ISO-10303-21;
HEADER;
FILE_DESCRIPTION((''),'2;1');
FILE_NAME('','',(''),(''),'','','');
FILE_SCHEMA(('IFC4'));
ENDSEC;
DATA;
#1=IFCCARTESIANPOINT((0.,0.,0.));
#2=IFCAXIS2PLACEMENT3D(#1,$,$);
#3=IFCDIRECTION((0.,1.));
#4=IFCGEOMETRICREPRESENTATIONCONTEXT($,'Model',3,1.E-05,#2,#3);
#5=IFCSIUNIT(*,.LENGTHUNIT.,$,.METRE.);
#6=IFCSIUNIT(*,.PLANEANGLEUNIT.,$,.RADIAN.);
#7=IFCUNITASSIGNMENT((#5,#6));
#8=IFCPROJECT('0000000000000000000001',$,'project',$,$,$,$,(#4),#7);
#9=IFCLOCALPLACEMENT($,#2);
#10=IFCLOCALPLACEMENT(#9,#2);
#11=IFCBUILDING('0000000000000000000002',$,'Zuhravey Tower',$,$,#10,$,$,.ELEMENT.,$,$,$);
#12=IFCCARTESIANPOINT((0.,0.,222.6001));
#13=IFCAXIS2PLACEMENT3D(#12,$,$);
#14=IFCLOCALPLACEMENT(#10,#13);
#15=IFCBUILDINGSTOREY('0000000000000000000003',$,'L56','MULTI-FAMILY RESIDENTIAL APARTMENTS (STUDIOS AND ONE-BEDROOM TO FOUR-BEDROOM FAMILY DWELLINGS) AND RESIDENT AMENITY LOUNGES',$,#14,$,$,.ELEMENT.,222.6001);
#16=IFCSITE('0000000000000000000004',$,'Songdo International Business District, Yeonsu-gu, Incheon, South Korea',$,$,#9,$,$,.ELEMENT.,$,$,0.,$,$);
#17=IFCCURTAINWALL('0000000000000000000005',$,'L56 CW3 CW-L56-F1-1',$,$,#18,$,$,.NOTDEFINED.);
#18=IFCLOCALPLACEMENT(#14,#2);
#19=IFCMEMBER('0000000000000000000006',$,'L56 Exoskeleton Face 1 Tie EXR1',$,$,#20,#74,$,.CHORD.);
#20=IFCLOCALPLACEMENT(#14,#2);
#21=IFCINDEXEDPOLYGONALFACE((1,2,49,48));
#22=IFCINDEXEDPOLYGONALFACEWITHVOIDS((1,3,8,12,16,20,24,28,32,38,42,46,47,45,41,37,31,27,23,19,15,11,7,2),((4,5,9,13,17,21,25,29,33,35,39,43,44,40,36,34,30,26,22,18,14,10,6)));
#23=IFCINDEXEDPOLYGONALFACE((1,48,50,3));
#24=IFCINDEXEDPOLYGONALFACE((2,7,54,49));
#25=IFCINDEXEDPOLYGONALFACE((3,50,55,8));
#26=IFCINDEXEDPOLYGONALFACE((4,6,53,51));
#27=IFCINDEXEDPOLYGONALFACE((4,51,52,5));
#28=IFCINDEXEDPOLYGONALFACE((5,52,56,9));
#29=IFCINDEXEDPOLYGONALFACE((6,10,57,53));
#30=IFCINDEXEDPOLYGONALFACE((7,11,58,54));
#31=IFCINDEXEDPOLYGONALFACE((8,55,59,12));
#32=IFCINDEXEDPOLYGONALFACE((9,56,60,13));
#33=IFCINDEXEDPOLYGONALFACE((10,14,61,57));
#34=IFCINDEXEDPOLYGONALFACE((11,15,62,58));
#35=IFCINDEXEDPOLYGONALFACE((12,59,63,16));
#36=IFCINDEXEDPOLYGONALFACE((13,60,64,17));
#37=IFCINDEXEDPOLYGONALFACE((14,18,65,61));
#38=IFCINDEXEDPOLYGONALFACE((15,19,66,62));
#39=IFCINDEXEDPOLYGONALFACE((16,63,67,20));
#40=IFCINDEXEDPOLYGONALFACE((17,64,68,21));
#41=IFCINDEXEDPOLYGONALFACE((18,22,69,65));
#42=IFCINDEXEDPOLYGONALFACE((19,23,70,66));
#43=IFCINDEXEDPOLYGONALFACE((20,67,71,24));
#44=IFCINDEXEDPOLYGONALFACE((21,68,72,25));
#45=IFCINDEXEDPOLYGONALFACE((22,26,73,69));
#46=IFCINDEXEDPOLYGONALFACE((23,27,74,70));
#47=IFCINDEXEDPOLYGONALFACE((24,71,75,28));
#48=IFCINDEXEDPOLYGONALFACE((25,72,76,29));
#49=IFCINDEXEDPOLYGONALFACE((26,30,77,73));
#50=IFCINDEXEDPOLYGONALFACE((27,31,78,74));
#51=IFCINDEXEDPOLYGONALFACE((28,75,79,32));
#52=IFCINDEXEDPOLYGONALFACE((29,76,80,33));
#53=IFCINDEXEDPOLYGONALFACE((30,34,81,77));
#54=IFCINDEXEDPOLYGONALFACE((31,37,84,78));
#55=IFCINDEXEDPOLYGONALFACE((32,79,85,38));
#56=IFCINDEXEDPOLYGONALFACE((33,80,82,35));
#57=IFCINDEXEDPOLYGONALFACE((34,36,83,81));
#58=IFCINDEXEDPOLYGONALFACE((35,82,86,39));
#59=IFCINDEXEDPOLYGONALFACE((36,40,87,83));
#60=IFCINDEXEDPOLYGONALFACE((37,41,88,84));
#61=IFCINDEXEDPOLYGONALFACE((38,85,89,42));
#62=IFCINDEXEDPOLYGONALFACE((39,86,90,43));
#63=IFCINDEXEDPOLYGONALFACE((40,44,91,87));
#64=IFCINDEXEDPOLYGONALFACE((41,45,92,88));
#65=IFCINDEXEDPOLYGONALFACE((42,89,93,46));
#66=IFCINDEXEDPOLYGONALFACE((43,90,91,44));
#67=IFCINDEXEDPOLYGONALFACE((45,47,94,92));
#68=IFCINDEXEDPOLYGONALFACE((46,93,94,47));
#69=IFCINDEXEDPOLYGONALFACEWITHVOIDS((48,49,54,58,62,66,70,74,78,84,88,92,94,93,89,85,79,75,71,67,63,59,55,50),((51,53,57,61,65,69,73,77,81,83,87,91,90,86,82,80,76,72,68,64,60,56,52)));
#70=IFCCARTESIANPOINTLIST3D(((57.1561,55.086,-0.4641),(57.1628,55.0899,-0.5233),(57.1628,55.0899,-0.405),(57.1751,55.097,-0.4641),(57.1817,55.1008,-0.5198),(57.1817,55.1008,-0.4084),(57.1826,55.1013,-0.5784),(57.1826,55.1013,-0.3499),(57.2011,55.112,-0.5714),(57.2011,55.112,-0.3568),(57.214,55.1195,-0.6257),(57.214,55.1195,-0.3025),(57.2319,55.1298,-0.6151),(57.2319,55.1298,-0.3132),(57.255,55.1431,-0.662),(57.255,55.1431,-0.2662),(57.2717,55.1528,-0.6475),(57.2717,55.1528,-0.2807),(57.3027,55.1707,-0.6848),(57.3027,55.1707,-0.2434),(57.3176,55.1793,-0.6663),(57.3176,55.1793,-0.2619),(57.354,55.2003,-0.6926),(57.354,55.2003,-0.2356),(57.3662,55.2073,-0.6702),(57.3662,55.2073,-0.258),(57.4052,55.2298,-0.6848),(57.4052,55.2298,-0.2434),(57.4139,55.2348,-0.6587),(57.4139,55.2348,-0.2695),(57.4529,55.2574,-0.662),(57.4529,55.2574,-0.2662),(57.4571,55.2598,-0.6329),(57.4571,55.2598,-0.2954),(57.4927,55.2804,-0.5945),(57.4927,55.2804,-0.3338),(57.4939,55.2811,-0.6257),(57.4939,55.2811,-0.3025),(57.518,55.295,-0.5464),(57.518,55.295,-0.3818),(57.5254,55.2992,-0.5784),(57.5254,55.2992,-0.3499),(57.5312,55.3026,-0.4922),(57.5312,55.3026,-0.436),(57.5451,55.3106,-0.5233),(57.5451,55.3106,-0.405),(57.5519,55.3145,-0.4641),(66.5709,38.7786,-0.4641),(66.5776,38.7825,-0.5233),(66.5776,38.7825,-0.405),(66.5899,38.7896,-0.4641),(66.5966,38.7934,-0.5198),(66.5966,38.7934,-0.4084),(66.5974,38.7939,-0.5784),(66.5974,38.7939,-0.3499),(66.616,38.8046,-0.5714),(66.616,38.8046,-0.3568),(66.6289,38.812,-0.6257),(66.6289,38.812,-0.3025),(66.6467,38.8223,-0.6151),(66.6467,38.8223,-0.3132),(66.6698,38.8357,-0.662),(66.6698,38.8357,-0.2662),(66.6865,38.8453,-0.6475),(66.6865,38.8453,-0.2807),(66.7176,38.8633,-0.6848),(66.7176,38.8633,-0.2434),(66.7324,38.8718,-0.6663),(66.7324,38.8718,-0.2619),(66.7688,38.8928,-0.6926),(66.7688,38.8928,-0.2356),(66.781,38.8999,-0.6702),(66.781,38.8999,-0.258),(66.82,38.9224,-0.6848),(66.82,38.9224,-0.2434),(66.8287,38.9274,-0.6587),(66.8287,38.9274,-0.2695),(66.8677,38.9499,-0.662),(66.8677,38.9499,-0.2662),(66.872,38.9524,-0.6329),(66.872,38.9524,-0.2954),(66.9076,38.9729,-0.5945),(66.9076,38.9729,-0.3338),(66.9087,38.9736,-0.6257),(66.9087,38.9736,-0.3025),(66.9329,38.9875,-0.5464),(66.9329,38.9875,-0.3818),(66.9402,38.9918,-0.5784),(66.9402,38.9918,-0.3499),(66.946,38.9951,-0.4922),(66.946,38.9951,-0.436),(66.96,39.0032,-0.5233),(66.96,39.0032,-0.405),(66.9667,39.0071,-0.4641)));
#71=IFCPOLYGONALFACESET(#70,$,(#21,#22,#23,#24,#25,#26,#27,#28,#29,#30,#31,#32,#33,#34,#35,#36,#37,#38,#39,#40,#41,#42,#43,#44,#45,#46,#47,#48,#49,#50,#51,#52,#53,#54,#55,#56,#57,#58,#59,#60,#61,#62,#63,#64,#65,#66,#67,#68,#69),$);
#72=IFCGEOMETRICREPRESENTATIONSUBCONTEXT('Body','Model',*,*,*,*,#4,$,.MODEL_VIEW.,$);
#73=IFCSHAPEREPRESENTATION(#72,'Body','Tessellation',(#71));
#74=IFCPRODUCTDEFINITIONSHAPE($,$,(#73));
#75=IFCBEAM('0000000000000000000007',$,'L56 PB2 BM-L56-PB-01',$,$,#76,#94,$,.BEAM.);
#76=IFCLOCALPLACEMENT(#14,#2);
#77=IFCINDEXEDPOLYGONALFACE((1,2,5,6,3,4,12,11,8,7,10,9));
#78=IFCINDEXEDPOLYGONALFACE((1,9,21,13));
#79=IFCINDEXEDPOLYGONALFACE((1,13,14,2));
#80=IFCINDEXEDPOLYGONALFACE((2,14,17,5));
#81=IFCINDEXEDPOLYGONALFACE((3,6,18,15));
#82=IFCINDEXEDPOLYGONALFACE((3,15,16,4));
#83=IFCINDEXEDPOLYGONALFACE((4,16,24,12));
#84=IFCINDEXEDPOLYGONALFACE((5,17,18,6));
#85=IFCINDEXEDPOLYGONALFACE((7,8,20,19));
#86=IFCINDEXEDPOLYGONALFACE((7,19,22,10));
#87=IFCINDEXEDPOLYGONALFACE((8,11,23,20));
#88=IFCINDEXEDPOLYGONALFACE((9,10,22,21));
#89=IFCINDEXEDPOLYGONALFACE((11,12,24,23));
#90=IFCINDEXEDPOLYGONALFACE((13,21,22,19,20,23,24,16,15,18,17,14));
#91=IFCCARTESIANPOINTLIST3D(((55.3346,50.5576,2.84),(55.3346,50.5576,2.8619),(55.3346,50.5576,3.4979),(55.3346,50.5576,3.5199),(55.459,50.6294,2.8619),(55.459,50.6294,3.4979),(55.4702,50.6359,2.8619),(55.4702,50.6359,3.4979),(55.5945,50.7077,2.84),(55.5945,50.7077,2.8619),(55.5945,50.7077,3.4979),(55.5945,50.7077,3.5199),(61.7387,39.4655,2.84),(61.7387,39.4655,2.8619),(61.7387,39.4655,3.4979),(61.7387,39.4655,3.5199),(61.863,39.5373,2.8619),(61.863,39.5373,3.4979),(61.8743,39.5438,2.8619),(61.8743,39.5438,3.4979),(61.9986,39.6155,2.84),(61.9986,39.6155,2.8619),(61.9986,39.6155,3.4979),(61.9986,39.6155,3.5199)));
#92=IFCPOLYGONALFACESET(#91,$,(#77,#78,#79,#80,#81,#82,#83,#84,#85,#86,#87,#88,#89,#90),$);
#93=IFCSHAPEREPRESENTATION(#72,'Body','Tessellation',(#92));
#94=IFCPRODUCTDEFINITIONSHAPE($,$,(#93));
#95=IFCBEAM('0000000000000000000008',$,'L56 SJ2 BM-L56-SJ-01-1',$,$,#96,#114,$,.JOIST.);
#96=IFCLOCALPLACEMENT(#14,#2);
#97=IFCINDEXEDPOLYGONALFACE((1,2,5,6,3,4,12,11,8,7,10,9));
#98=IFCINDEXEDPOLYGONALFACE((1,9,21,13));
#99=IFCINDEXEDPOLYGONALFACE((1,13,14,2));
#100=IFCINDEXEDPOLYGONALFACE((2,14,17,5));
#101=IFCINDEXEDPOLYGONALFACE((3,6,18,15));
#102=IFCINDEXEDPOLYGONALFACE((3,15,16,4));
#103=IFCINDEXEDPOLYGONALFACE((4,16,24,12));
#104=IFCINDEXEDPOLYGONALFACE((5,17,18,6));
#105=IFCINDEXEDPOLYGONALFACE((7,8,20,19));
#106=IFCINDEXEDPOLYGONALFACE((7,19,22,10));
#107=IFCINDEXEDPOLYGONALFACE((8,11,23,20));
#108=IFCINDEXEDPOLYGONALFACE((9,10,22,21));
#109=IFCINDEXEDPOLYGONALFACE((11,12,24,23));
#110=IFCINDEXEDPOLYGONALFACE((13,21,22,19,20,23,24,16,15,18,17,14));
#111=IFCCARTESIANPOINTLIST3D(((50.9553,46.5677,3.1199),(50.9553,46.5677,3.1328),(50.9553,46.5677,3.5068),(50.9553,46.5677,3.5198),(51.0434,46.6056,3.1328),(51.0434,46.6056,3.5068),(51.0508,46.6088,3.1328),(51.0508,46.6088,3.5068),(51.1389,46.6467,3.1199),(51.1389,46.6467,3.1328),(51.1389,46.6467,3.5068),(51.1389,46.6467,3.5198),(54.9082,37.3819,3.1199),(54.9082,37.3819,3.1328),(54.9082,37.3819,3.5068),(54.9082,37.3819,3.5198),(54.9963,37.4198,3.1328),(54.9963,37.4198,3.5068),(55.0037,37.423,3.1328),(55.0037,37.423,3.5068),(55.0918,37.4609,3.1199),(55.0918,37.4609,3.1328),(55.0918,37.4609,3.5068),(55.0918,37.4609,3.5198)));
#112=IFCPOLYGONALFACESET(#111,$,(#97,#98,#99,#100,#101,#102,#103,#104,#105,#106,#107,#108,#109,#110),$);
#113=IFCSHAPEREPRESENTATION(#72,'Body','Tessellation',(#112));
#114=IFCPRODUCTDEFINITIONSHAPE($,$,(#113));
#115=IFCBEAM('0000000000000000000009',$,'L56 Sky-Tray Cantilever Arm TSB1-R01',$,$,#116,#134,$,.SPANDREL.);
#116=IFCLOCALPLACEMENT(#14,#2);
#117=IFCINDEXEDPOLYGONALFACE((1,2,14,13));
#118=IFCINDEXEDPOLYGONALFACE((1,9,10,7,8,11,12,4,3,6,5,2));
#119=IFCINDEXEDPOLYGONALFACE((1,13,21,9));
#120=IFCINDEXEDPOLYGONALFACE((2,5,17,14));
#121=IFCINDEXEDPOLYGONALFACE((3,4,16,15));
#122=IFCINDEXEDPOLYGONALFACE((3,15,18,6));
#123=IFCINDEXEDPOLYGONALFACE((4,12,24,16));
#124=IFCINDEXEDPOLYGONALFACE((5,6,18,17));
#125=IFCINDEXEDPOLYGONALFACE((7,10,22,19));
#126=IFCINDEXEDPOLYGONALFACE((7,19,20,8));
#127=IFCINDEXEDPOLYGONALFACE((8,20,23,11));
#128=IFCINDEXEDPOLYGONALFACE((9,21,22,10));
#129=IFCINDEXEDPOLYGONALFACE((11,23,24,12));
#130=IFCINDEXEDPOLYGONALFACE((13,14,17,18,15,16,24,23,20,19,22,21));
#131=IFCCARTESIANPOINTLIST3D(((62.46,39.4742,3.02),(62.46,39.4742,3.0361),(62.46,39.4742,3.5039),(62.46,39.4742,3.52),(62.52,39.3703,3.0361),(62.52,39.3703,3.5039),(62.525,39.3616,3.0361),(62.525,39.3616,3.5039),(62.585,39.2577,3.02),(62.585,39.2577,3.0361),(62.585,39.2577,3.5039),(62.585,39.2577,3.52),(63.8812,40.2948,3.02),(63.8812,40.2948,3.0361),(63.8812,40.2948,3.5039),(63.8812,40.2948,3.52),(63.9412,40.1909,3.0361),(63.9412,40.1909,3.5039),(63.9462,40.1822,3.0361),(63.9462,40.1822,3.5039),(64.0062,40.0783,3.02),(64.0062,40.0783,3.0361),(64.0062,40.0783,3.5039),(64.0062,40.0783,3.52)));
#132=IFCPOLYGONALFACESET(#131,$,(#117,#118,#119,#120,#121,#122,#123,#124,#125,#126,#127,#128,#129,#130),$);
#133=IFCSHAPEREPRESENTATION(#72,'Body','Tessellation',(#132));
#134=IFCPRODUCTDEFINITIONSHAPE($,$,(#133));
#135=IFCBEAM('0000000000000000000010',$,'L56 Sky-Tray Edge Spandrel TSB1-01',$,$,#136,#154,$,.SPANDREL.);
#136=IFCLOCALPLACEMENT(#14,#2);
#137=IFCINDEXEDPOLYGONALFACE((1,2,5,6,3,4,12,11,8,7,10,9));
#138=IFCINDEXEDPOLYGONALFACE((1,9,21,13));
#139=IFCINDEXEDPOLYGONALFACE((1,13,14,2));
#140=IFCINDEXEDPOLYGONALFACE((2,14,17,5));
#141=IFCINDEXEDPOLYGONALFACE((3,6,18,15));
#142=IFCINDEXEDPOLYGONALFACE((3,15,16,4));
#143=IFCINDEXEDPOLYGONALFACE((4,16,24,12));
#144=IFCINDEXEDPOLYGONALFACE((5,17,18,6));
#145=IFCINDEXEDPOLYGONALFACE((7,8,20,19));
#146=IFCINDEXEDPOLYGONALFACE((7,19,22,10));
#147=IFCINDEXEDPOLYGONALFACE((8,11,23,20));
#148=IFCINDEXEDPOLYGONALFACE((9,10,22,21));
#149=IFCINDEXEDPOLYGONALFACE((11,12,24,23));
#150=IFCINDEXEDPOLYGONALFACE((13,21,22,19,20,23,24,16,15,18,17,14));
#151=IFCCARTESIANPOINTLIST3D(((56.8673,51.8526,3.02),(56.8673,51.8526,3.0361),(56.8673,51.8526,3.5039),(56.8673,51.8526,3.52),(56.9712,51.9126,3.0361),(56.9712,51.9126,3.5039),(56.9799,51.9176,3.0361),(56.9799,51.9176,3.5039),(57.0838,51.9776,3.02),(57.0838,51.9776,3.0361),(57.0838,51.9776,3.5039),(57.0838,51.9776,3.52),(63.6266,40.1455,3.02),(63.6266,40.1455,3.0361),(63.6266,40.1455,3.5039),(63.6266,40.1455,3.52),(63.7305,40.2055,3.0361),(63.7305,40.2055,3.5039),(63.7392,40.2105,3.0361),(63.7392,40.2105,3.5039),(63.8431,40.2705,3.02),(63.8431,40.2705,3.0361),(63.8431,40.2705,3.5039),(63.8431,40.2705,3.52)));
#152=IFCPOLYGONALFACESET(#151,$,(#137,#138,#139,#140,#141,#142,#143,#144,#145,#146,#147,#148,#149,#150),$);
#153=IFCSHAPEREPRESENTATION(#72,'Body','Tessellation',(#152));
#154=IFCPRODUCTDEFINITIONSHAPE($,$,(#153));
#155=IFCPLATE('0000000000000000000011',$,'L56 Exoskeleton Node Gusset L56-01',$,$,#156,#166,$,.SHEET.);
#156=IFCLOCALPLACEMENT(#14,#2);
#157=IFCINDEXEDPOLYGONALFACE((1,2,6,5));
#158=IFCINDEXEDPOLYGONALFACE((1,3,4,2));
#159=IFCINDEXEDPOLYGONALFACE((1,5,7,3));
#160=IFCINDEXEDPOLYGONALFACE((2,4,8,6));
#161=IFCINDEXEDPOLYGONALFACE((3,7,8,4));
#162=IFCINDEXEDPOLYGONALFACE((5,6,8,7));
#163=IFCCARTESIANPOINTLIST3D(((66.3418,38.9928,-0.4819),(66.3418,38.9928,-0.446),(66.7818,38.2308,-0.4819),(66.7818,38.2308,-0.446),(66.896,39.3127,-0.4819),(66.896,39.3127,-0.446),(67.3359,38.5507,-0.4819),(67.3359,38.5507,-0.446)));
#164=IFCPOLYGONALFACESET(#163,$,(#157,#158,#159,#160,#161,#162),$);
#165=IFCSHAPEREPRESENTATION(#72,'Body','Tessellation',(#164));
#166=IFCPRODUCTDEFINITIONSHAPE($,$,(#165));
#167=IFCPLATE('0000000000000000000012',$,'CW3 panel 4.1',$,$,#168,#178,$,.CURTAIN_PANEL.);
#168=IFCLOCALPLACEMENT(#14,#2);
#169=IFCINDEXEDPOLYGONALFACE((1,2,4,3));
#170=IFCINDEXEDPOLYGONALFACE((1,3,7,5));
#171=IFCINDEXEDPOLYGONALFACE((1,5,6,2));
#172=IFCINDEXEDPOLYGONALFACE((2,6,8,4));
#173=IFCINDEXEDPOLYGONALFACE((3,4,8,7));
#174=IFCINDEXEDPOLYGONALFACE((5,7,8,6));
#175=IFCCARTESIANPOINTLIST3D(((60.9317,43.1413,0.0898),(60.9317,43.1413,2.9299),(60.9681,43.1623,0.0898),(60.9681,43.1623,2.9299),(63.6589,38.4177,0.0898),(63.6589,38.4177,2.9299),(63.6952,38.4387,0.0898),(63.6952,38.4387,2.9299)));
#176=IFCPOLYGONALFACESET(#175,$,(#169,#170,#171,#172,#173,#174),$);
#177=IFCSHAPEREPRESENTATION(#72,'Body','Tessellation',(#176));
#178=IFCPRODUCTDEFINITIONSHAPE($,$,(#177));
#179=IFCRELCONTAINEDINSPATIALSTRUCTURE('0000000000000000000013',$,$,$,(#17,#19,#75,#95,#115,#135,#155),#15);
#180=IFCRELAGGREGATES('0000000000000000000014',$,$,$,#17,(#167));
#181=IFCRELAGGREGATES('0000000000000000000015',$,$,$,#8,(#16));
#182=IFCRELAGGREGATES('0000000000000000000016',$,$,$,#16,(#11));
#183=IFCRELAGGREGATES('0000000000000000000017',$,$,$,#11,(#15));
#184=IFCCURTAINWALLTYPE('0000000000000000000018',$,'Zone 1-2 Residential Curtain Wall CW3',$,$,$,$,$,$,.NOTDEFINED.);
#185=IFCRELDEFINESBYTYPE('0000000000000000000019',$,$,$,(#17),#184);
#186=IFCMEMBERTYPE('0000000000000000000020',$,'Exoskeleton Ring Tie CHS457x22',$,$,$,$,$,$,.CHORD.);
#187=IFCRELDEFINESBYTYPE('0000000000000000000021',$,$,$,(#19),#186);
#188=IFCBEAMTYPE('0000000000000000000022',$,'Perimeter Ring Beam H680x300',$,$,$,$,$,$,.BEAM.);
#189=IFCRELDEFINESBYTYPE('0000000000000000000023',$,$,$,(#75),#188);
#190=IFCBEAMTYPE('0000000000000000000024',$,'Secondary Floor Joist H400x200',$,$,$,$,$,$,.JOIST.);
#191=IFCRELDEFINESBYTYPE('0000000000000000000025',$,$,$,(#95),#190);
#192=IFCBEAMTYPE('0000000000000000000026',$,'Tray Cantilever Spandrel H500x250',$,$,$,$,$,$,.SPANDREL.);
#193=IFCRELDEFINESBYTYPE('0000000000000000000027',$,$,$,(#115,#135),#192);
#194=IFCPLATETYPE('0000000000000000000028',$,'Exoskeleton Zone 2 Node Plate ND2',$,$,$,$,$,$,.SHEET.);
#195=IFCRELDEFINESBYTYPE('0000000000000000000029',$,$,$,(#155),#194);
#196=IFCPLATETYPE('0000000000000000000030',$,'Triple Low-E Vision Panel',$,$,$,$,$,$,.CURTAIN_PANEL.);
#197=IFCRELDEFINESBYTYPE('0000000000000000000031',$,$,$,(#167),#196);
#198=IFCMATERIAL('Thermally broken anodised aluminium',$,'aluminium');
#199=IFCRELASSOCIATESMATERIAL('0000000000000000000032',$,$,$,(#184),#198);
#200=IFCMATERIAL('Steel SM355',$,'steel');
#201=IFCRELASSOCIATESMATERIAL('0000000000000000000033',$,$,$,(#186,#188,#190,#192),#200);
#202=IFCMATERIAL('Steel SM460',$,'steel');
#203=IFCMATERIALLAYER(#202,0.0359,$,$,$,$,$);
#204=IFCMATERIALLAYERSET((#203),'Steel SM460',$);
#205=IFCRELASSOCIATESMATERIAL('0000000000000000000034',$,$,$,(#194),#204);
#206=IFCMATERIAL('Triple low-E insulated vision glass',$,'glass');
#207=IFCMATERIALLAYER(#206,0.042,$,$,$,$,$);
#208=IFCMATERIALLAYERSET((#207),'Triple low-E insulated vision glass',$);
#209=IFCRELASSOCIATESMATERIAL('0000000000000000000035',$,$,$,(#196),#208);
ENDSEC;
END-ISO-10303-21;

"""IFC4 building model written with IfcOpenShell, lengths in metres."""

from ifc_helpers import new_model, si_unit, direction, frame, origin, origin_2d, place, context, subcontext, project, spatial, rectangle, hollow_circle, i_section, extrude, material, layer, layer_set, material_profile, profile_set, type_object, element, aggregate, save


model = new_model("IFC4")

# Units and contexts
model_context = context("Model", 3, precision=1e-05, world=origin(), true_north=direction((0.0, 1.0)))
body_context = subcontext(model_context, "Body", "Model", "MODEL_VIEW")
ifc_project = project(units=[si_unit("LENGTHUNIT", "METRE"), si_unit("PLANEANGLEUNIT", "RADIAN")], contexts=[model_context])

# Site, building, storey
site_placement = place(None, origin())
site = spatial("IfcSite", under=ifc_project, at=site_placement, Name="Songdo International Business District, Yeonsu-gu, Incheon, South Korea", CompositionType="ELEMENT", RefElevation=0.0)
building_placement = place(site_placement, origin())
building = spatial("IfcBuilding", under=site, at=building_placement, Name="Zuhravey Tower", CompositionType="ELEMENT")
storey_placement = place(building_placement, frame((0.0, 0.0, 222.6001)))
storey = spatial("IfcBuildingStorey", under=building, at=storey_placement, Name="L56", Description="MULTI-FAMILY RESIDENTIAL APARTMENTS (STUDIOS AND ONE-BEDROOM TO FOUR-BEDROOM FAMILY DWELLINGS) AND RESIDENT AMENITY LOUNGES", CompositionType="ELEMENT", Elevation=222.6001)

# Curtain wall
ifc_material_1 = material(Name="Thermally broken anodised aluminium", Category="aluminium")
curtain_wall_type = type_object("IfcCurtainWallType", Name="Zone 1-2 Residential Curtain Wall CW3", PredefinedType="NOTDEFINED", material=ifc_material_1)
curtain_wall_placement = place(storey_placement, origin())
curtain_wall = element("IfcCurtainWall", 1, at=curtain_wall_placement, inside=storey, type_object=curtain_wall_type, Name="L56 CW3 CW-L56-F1-1", PredefinedType="NOTDEFINED")

# Shared definitions
ifc_material_2 = material(Name="Steel SM460", Category="steel")

# Member
ifc_material_3 = material(Name="Steel SM355", Category="steel")
ifc_material_profile_1 = material_profile(ifc_material_3, hollow_circle(Radius=0.2285, WallThickness=0.022, at=origin_2d()), Name="CHS-457.2x22")
ifc_profile_set_1 = profile_set([ifc_material_profile_1], Name="Steel SM355")
member_type_1 = type_object("IfcMemberType", Name="Exoskeleton Ring Tie CHS457x22", PredefinedType="CHORD", material=ifc_profile_set_1)
member_1_placement = place(storey_placement, frame((66.7688, 38.8928, -0.4641), z_axis=(-0.499989, 0.866032, 0.0), x_axis=(-0.866032, -0.499989, 0.0)))
element("IfcMember", 2, at=member_1_placement, inside=storey, type_object=member_type_1, Name="L56 Exoskeleton Face 1 Tie EXR1", PredefinedType="CHORD", context=body_context, shape_type="SweptSolid", body=[
    extrude(hollow_circle(Radius=0.2285, WallThickness=0.022, at=origin_2d()), origin(), (0.0, 0.0, 1.0), 18.8301),
])

# Beams
ifc_material_profile_2 = material_profile(ifc_material_3, i_section(OverallWidth=0.3, OverallDepth=0.6799, WebThickness=0.0129, FlangeThickness=0.022, at=origin_2d()), Name="H-680x300x13x22")
ifc_profile_set_2 = profile_set([ifc_material_profile_2], Name="Steel SM355")
beam_type_1 = type_object("IfcBeamType", Name="Perimeter Ring Beam H680x300", PredefinedType="BEAM", material=ifc_profile_set_2)
beam_1_placement = place(storey_placement, frame((61.8687, 39.5405, 3.1799), z_axis=(-0.500004, 0.866023, 0.0), x_axis=(-0.866023, -0.500004, 0.0)))
element("IfcBeam", 3, at=beam_1_placement, inside=storey, type_object=beam_type_1, Name="L56 PB2 BM-L56-PB-01", PredefinedType="BEAM", context=body_context, shape_type="SweptSolid", body=[
    extrude(i_section(OverallWidth=0.3, OverallDepth=0.6799, WebThickness=0.0129, FlangeThickness=0.022, at=origin_2d()), origin(), (0.0, 0.0, 1.0), 12.8081),
])
ifc_material_profile_3 = material_profile(ifc_material_3, i_section(OverallWidth=0.2, OverallDepth=0.3999, WebThickness=0.0081, FlangeThickness=0.0129, at=origin_2d()), Name="H-400x200x8x13")
ifc_profile_set_3 = profile_set([ifc_material_profile_3], Name="Steel SM355")
beam_type_2 = type_object("IfcBeamType", Name="Secondary Floor Joist H400x200", PredefinedType="JOIST", material=ifc_profile_set_3)
beam_2_placement = place(storey_placement, frame((55.0, 37.4214, 3.3198), z_axis=(-0.39528, 0.918561, 0.0), x_axis=(-0.918561, -0.39528, 0.0)))
element("IfcBeam", 4, at=beam_2_placement, inside=storey, type_object=beam_type_2, Name="L56 SJ2 BM-L56-SJ-01-1", PredefinedType="JOIST", context=body_context, shape_type="SweptSolid", body=[
    extrude(i_section(OverallWidth=0.2, OverallDepth=0.3999, WebThickness=0.0081, FlangeThickness=0.0129, at=origin_2d()), origin(), (0.0, 0.0, 1.0), 10.0002),
])
ifc_material_profile_4 = material_profile(ifc_material_3, i_section(OverallWidth=0.25, OverallDepth=0.5, WebThickness=0.01, FlangeThickness=0.0161, at=origin_2d()), Name="H-500x250x10x16")
ifc_profile_set_4 = profile_set([ifc_material_profile_4], Name="Steel SM355")
beam_type_3 = type_object("IfcBeamType", Name="Tray Cantilever Spandrel H500x250", PredefinedType="SPANDREL", material=ifc_profile_set_4)
beam_3_placement = place(storey_placement, frame((62.5225, 39.366, 3.27), z_axis=(0.86601, 0.500027, 0.0), x_axis=(-0.500027, 0.86601, 0.0)))
element("IfcBeam", 5, at=beam_3_placement, inside=storey, type_object=beam_type_3, Name="L56 Sky-Tray Cantilever Arm TSB1-R01", PredefinedType="SPANDREL", context=body_context, shape_type="SweptSolid", body=[
    extrude(i_section(OverallWidth=0.25, OverallDepth=0.5, WebThickness=0.01, FlangeThickness=0.0161, at=origin_2d()), origin(), (0.0, 0.0, 1.0), 1.6411),
])
beam_4_placement = place(storey_placement, frame((63.7349, 40.208, 3.27), z_axis=(-0.500012, 0.866018, 0.0), x_axis=(-0.866018, -0.500012, 0.0)))
element("IfcBeam", 6, at=beam_4_placement, inside=storey, type_object=beam_type_3, Name="L56 Sky-Tray Edge Spandrel TSB1-01", PredefinedType="SPANDREL", context=body_context, shape_type="SweptSolid", body=[
    extrude(i_section(OverallWidth=0.25, OverallDepth=0.5, WebThickness=0.01, FlangeThickness=0.0161, at=origin_2d()), origin(), (0.0, 0.0, 1.0), 13.5183),
])

# Plates
ifc_layer_1 = layer(ifc_material_2, 0.0359)
ifc_layer_set_1 = layer_set([ifc_layer_1], Name="Steel SM460")
plate_type_1 = type_object("IfcPlateType", Name="Exoskeleton Zone 2 Node Plate ND2", PredefinedType="SHEET", material=ifc_layer_set_1)
plate_1_placement = place(storey_placement, frame((66.8389, 38.7717, -0.4819), z_axis=(0.0, 0.0, 1.0), x_axis=(-0.5, 0.866025, 0.0)))
element("IfcPlate", 7, at=plate_1_placement, inside=storey, type_object=plate_type_1, Name="L56 Exoskeleton Node Gusset L56-01", PredefinedType="SHEET", context=body_context, shape_type="SweptSolid", body=[
    extrude(rectangle(XDim=0.8799, YDim=0.6399, at=origin_2d()), origin(), (0.0, 0.0, 1.0), 0.0359),
])
ifc_material_4 = material(Name="Triple low-E insulated vision glass", Category="glass")
ifc_layer_2 = layer(ifc_material_4, 0.042)
ifc_layer_set_2 = layer_set([ifc_layer_2], Name="Triple low-E insulated vision glass")
plate_type_2 = type_object("IfcPlateType", Name="Triple Low-E Vision Panel", PredefinedType="CURTAIN_PANEL", material=ifc_layer_set_2)
plate_2_placement = place(storey_placement, frame((62.3135, 40.79, 0.0898), z_axis=(0.0, 0.0, 1.0), x_axis=(0.5, -0.866025, 0.0)))
plate_2 = element("IfcPlate", 8, at=plate_2_placement, type_object=plate_type_2, Name="CW3 panel 4.1", PredefinedType="CURTAIN_PANEL", context=body_context, shape_type="SweptSolid", body=[
    extrude(rectangle(XDim=5.4543, YDim=0.042, at=origin_2d()), origin(), (0.0, 0.0, 1.0), 2.8401),
])
aggregate(curtain_wall, [plate_2])

save(model, "model.ifc")
